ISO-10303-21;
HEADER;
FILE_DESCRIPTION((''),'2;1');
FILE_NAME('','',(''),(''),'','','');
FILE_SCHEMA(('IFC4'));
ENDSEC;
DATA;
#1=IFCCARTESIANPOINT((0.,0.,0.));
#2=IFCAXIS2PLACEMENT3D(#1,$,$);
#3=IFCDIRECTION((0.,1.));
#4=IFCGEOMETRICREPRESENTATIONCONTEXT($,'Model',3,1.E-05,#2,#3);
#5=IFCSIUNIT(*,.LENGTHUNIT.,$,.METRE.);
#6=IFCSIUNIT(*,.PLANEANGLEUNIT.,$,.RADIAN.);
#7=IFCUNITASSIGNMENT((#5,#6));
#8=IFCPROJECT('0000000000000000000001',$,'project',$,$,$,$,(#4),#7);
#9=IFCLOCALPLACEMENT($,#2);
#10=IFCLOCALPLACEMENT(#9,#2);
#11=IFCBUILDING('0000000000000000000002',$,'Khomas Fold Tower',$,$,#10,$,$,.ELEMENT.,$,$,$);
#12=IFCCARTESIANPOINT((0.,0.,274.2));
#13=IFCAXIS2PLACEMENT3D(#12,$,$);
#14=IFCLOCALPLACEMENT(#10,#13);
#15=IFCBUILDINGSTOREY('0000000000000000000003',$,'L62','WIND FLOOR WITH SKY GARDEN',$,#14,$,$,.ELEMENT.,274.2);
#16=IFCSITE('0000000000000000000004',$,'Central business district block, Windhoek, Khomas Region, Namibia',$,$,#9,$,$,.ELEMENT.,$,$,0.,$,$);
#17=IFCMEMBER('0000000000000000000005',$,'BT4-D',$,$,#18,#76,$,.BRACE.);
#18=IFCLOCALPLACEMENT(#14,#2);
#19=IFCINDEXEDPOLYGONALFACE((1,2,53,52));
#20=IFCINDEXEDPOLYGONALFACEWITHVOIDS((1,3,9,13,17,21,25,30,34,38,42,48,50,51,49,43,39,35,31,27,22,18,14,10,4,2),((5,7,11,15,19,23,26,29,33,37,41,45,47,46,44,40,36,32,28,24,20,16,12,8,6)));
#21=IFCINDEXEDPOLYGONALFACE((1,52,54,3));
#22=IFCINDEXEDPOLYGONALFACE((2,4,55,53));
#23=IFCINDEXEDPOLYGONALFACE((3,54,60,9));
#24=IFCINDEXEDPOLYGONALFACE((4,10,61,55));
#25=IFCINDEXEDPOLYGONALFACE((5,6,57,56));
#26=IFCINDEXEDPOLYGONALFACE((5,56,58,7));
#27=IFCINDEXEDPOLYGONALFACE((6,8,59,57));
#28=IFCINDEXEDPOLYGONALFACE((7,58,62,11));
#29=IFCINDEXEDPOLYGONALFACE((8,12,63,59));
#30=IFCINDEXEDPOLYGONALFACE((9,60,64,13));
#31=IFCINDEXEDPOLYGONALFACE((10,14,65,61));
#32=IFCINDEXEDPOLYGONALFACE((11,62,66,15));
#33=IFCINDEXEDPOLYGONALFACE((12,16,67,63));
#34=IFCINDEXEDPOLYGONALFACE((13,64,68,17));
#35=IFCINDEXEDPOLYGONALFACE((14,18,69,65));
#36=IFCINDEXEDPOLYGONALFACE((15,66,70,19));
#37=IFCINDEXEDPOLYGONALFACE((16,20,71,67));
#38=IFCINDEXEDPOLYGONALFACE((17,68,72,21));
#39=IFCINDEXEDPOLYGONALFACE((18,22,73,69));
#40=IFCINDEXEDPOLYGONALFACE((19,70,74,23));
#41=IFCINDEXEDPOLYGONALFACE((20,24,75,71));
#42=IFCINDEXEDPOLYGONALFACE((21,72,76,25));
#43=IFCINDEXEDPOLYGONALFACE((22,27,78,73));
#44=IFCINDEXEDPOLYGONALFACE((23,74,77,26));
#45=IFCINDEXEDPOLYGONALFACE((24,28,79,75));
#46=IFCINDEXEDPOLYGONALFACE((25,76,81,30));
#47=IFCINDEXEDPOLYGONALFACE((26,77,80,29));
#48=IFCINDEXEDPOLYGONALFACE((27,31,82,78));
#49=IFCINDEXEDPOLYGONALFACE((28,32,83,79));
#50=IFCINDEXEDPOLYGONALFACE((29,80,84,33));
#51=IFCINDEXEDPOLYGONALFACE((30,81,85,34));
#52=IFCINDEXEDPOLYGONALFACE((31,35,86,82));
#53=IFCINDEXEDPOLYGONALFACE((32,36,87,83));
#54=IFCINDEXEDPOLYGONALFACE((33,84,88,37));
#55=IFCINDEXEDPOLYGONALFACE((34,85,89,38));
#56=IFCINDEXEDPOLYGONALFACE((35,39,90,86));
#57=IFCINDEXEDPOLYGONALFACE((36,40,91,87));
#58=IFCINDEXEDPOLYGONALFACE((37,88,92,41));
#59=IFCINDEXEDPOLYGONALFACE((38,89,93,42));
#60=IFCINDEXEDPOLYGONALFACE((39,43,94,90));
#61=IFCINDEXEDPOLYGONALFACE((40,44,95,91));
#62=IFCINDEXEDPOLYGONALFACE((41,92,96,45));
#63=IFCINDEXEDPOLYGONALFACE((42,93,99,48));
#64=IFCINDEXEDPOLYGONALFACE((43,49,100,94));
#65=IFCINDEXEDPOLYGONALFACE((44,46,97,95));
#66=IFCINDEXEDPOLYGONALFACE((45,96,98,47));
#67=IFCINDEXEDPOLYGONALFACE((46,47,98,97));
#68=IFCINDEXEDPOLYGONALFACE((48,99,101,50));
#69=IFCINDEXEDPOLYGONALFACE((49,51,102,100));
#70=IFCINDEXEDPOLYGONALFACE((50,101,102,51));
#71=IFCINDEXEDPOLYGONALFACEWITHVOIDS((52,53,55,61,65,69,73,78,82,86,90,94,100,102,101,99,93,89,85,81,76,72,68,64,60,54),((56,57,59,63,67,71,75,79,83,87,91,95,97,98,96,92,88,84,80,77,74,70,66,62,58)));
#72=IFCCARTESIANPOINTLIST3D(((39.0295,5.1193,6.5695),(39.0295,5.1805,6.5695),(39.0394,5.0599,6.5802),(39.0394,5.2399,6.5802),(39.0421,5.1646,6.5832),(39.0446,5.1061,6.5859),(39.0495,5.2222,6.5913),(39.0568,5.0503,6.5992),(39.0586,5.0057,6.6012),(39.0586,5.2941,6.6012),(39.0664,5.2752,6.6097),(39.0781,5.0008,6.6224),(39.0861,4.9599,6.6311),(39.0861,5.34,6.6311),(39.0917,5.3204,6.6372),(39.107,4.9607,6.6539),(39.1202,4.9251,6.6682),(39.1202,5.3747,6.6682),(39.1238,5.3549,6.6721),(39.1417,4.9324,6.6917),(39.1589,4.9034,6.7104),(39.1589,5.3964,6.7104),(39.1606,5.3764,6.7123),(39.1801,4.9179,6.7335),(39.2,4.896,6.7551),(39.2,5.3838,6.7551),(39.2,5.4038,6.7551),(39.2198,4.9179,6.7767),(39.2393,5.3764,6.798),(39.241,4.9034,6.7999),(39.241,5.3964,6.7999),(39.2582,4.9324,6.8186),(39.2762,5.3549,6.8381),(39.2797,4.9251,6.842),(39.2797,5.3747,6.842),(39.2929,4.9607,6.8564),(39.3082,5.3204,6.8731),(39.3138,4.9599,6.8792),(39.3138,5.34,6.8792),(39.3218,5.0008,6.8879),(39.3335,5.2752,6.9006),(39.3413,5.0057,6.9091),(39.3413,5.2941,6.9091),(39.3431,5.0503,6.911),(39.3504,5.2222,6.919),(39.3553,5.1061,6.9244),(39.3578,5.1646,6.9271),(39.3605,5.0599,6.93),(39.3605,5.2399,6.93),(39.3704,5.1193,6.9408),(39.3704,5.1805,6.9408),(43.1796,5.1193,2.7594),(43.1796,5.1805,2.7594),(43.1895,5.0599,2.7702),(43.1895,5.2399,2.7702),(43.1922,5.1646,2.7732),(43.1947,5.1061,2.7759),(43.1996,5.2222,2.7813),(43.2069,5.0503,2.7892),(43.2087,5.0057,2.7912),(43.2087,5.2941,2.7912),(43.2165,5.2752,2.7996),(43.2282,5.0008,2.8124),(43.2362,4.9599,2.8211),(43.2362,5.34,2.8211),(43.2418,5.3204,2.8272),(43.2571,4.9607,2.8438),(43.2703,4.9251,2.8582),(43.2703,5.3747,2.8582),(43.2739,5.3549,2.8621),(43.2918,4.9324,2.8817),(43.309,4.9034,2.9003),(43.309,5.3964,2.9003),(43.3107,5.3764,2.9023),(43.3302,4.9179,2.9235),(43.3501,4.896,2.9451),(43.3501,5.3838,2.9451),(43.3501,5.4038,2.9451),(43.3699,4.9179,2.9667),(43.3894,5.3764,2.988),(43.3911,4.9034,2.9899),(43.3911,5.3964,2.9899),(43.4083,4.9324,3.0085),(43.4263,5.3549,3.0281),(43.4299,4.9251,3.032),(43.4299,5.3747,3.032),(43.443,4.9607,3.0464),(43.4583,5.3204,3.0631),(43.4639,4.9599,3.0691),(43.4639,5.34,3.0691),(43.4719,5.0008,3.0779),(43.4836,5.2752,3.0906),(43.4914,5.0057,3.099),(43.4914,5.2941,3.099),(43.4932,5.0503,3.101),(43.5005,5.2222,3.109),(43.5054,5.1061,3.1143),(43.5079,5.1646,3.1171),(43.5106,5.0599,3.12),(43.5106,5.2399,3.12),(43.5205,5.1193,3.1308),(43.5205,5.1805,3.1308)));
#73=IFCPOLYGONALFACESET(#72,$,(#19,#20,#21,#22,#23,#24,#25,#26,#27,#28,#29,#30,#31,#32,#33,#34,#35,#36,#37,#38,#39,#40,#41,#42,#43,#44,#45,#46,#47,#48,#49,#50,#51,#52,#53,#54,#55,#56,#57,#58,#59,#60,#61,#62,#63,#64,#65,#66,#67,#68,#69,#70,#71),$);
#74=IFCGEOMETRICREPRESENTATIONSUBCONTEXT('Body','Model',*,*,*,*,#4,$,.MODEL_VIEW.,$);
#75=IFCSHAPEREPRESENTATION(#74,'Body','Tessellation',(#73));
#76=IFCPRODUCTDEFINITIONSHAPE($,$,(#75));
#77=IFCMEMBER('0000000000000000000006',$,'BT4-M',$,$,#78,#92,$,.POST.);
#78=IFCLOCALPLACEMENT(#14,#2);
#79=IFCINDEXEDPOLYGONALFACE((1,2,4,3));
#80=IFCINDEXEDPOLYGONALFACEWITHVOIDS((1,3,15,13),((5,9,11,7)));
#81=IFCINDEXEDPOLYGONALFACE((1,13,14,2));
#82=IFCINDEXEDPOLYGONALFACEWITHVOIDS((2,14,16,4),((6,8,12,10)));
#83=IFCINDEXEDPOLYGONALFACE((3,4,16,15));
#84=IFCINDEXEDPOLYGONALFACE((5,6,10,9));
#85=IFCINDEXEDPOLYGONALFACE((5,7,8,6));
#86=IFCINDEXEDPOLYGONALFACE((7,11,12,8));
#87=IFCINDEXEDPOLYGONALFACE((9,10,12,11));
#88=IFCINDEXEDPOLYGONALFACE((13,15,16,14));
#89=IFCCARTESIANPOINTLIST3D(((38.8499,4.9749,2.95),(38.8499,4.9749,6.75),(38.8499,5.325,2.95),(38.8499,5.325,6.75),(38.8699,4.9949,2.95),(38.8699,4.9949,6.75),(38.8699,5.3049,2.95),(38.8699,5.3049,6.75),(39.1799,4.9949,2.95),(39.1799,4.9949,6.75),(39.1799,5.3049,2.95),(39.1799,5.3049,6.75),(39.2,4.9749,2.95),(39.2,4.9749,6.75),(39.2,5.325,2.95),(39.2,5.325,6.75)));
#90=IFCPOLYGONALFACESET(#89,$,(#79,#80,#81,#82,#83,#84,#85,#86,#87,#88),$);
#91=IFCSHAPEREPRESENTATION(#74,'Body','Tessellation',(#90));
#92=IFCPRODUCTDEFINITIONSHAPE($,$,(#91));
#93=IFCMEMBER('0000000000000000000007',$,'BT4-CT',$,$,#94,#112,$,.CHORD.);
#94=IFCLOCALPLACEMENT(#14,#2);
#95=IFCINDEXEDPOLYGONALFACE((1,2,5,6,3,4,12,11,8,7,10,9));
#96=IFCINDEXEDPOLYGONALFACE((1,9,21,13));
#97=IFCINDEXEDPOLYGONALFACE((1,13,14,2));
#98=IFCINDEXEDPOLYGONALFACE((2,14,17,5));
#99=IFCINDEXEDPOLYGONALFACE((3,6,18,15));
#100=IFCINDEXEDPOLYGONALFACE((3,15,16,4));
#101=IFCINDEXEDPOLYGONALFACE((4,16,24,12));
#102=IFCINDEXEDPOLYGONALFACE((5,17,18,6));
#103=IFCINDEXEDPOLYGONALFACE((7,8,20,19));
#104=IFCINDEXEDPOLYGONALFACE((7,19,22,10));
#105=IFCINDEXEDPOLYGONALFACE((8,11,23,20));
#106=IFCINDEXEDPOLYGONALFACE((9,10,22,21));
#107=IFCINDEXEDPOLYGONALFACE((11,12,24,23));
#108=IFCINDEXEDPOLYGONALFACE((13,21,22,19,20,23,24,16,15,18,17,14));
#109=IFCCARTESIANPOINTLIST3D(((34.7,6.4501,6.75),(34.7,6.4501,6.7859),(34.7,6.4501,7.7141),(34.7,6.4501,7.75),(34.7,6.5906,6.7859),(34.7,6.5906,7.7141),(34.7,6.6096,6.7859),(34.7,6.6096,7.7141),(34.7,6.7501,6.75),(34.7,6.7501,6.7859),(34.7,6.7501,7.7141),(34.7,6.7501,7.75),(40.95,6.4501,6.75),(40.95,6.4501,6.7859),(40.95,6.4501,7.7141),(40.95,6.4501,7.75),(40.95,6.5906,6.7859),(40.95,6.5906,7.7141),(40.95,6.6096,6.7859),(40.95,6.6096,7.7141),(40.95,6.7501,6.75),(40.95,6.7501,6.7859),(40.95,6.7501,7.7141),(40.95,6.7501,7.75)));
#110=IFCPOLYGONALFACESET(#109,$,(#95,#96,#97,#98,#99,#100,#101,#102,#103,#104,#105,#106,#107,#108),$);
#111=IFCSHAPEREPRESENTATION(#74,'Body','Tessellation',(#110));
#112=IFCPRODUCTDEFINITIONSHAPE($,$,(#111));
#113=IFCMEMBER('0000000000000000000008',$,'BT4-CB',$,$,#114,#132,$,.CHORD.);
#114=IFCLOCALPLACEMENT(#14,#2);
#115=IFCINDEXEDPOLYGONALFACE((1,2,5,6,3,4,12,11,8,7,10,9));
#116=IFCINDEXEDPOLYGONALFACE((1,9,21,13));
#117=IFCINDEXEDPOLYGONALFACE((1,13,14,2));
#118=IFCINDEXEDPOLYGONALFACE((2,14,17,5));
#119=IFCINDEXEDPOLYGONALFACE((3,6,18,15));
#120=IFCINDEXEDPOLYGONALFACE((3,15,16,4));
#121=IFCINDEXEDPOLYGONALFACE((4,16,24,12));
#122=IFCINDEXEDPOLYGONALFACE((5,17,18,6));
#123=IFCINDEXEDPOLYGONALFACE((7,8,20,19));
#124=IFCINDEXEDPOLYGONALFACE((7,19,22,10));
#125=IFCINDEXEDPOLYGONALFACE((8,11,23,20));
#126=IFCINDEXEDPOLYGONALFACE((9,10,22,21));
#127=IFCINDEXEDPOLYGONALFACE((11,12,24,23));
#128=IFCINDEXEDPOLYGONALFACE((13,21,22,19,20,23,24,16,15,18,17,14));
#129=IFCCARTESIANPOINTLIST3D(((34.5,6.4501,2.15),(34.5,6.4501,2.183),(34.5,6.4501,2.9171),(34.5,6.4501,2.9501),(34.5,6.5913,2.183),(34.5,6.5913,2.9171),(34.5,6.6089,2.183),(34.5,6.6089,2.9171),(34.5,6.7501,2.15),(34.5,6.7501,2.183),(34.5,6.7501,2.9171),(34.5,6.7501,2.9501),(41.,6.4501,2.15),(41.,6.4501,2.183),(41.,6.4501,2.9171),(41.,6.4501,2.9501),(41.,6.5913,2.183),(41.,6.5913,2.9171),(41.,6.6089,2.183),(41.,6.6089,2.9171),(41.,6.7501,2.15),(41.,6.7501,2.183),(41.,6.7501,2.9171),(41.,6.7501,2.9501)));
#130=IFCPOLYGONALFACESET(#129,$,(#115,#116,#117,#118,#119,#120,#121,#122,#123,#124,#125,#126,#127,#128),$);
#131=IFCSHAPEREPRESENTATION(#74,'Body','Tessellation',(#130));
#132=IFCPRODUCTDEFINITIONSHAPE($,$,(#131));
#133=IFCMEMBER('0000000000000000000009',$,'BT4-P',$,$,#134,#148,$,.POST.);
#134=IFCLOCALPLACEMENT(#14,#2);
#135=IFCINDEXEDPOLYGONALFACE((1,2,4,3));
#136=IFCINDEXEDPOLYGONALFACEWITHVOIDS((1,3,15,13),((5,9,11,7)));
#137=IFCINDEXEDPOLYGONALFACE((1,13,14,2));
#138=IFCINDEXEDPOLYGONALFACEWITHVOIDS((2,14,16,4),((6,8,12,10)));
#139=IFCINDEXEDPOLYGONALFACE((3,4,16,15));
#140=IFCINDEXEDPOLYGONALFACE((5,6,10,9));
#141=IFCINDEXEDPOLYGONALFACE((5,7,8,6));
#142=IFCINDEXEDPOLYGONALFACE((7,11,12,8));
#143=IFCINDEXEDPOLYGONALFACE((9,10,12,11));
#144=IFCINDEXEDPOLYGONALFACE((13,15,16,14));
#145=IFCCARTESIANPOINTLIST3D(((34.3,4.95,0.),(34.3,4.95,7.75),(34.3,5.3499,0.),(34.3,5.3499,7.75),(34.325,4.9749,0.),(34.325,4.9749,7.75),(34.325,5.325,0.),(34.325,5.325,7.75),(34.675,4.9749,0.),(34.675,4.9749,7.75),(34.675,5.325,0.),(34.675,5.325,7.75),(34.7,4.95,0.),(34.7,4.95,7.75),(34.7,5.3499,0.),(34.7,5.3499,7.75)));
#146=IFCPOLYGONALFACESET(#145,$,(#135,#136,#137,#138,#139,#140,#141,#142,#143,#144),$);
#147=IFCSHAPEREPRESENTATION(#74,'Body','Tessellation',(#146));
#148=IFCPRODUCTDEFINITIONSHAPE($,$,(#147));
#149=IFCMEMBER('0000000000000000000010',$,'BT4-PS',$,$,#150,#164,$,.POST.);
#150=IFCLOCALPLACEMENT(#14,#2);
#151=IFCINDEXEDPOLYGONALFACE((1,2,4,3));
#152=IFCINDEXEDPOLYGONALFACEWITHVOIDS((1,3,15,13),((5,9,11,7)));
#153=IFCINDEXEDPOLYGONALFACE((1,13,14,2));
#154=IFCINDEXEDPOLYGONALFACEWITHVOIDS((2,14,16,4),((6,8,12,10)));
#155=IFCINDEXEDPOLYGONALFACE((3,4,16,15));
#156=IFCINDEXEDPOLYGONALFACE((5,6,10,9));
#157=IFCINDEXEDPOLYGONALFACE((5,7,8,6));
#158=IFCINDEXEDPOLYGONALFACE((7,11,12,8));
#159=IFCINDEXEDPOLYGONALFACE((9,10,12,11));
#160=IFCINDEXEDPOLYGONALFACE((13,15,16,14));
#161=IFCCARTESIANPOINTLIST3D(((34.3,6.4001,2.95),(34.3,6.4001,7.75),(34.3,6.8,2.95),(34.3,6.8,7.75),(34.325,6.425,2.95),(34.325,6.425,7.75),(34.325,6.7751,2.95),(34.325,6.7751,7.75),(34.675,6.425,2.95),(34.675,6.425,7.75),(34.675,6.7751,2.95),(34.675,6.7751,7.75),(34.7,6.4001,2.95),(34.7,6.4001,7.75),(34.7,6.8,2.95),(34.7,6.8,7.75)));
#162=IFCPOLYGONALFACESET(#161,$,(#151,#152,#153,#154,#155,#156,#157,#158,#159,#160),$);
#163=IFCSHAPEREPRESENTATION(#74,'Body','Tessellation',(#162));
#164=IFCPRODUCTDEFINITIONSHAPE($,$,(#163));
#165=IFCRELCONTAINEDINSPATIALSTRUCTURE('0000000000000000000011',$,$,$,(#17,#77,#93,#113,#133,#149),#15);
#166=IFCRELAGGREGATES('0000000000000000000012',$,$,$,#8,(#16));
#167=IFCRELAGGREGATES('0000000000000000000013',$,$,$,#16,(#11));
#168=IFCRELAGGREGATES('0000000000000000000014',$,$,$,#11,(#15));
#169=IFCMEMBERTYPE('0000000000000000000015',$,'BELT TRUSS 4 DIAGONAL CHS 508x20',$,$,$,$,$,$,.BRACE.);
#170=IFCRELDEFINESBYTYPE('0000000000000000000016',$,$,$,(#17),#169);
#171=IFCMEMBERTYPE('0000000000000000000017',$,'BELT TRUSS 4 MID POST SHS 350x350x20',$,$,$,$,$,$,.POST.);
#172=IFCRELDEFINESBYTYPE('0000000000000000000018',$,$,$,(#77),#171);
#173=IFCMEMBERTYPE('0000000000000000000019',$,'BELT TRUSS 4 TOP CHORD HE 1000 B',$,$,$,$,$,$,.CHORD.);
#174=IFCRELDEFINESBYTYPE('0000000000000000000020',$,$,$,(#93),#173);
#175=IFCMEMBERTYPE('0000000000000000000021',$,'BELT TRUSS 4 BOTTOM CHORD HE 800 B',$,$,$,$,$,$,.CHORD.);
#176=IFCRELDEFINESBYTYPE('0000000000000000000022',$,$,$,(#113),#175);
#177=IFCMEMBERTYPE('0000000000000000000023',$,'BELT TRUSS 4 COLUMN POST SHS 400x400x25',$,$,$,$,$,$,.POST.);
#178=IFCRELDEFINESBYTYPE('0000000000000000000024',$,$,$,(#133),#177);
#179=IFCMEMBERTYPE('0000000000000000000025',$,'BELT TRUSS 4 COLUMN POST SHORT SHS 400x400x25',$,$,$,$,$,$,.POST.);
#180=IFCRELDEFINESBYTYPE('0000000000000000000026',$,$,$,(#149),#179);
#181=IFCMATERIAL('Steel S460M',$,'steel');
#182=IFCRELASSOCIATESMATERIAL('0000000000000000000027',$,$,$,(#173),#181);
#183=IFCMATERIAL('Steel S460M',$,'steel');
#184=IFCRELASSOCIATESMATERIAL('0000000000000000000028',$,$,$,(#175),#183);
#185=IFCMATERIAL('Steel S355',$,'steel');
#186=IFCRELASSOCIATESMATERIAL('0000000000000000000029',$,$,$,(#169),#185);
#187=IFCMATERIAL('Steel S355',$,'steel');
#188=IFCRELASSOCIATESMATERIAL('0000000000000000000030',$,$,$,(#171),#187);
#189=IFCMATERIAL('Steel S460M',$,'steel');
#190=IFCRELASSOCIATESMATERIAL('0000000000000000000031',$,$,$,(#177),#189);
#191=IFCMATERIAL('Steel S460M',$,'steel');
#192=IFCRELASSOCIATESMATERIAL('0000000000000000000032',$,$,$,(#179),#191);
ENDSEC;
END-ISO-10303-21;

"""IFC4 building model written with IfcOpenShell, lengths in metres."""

from ifc_helpers import new_model, si_unit, direction, frame, origin, origin_2d, place, context, subcontext, project, spatial, hollow_rectangle, hollow_circle, i_section, extrude, source, transform, mapped, material, material_profile, profile_set, type_object, element, save


model = new_model("IFC4")

# Units and contexts
model_context = context("Model", 3, precision=1e-05, world=origin(), true_north=direction((0.0, 1.0)))
body_context = subcontext(model_context, "Body", "Model", "MODEL_VIEW")
ifc_project = project(units=[si_unit("LENGTHUNIT", "METRE"), si_unit("PLANEANGLEUNIT", "RADIAN")], contexts=[model_context])

# Site, building, storey
site_placement = place(None, origin())
site = spatial("IfcSite", under=ifc_project, at=site_placement, Name="Central business district block, Windhoek, Khomas Region, Namibia", CompositionType="ELEMENT", RefElevation=0.0)
building_placement = place(site_placement, origin())
building = spatial("IfcBuilding", under=site, at=building_placement, Name="Khomas Fold Tower", CompositionType="ELEMENT")
storey_placement = place(building_placement, frame((0.0, 0.0, 274.2)))
storey = spatial("IfcBuildingStorey", under=building, at=storey_placement, Name="L62", Description="WIND FLOOR WITH SKY GARDEN", CompositionType="ELEMENT", Elevation=274.2)

# Members
ifc_material_1 = material(Name="Steel S460M", Category="steel")
ifc_material_profile_1 = material_profile(ifc_material_1, i_section(OverallWidth=0.3, OverallDepth=1.0, WebThickness=0.019, FlangeThickness=0.0359, at=origin_2d()), Name="HE 1000 B")
ifc_profile_set_1 = profile_set([ifc_material_profile_1], Name="Steel S460M")
member_type_1 = type_object("IfcMemberType", Name="BELT TRUSS 4 TOP CHORD HE 1000 B", PredefinedType="CHORD", material=ifc_profile_set_1)
ifc_material_2 = material(Name="Steel S460M", Category="steel")
ifc_material_profile_2 = material_profile(ifc_material_2, i_section(OverallWidth=0.3, OverallDepth=0.8, WebThickness=0.0176, FlangeThickness=0.033, at=origin_2d()), Name="HE 800 B")
ifc_profile_set_2 = profile_set([ifc_material_profile_2], Name="Steel S460M")
member_type_2 = type_object("IfcMemberType", Name="BELT TRUSS 4 BOTTOM CHORD HE 800 B", PredefinedType="CHORD", material=ifc_profile_set_2)
ifc_material_3 = material(Name="Steel S355", Category="steel")
ifc_material_profile_3 = material_profile(ifc_material_3, hollow_circle(Radius=0.2539, WallThickness=0.02, at=origin_2d()), Name="CHS 508x20")
ifc_profile_set_3 = profile_set([ifc_material_profile_3], Name="Steel S355")
member_type_3 = type_object("IfcMemberType", Name="BELT TRUSS 4 DIAGONAL CHS 508x20", PredefinedType="BRACE", material=ifc_profile_set_3)
shared_shape_1 = source(origin(), body_context, "Body", "SweptSolid", [
    extrude(hollow_circle(Radius=0.2539, WallThickness=0.02, at=origin_2d()), origin(), (0.0, 0.0, 1.0), 5.6338),
])
for number, where, z_axis, x_axis, name in (
    (1, (39.2, 5.1499, 6.7551), (0.736645, 0.0, -0.67628), (0.0, 1.0, 0.0), "BT4-D"),
):
    element("IfcMember", number, at=place(storey_placement, frame(where, z_axis=z_axis, x_axis=x_axis)), inside=storey, type_object=member_type_3, Name=name, PredefinedType="BRACE", context=body_context, shape_type="MappedRepresentation", body=[
        mapped(shared_shape_1, transform((0.0, 0.0, 0.0))),
    ])
ifc_material_4 = material(Name="Steel S355", Category="steel")
ifc_material_profile_4 = material_profile(ifc_material_4, hollow_rectangle(XDim=0.3501, YDim=0.3501, WallThickness=0.02, at=origin_2d()), Name="SHS 350x350x20")
ifc_profile_set_4 = profile_set([ifc_material_profile_4], Name="Steel S355")
member_type_4 = type_object("IfcMemberType", Name="BELT TRUSS 4 MID POST SHS 350x350x20", PredefinedType="POST", material=ifc_profile_set_4)
shared_shape_2 = source(origin(), body_context, "Body", "SweptSolid", [
    extrude(hollow_rectangle(XDim=0.3501, YDim=0.3501, WallThickness=0.02, at=origin_2d()), origin(), (0.0, 0.0, 1.0), 3.8),
])
member_1_placement = place(storey_placement, frame((39.0249, 5.1499, 2.95), z_axis=(0.0, 0.0, 1.0), x_axis=(1.0, 0.0, 0.0)))
element("IfcMember", 2, at=member_1_placement, inside=storey, type_object=member_type_4, Name="BT4-M", PredefinedType="POST", context=body_context, shape_type="MappedRepresentation", body=[
    mapped(shared_shape_2, transform((0.0, 0.0, 0.0))),
])
shared_shape_3 = source(origin(), body_context, "Body", "SweptSolid", [
    extrude(i_section(OverallWidth=0.3, OverallDepth=1.0, WebThickness=0.019, FlangeThickness=0.0359, at=origin_2d()), origin(), (0.0, 0.0, 1.0), 6.25),
])
member_2_placement = place(storey_placement, frame((34.7, 6.6001, 7.25), z_axis=(1.0, 0.0, 0.0), x_axis=(0.0, 1.0, 0.0)))
element("IfcMember", 3, at=member_2_placement, inside=storey, type_object=member_type_1, Name="BT4-CT", PredefinedType="CHORD", context=body_context, shape_type="MappedRepresentation", body=[
    mapped(shared_shape_3, transform((0.0, 0.0, 0.0))),
])
shared_shape_4 = source(origin(), body_context, "Body", "SweptSolid", [
    extrude(i_section(OverallWidth=0.3, OverallDepth=0.8, WebThickness=0.0176, FlangeThickness=0.033, at=origin_2d()), origin(), (0.0, 0.0, 1.0), 6.5),
])
member_3_placement = place(storey_placement, frame((34.5, 6.6001, 2.55), z_axis=(1.0, 0.0, 0.0), x_axis=(0.0, 1.0, 0.0)))
element("IfcMember", 4, at=member_3_placement, inside=storey, type_object=member_type_2, Name="BT4-CB", PredefinedType="CHORD", context=body_context, shape_type="MappedRepresentation", body=[
    mapped(shared_shape_4, transform((0.0, 0.0, 0.0))),
])
ifc_material_5 = material(Name="Steel S460M", Category="steel")
ifc_material_profile_5 = material_profile(ifc_material_5, hollow_rectangle(XDim=0.3999, YDim=0.3999, WallThickness=0.0249, at=origin_2d()), Name="SHS 400x400x25")
ifc_profile_set_5 = profile_set([ifc_material_profile_5], Name="Steel S460M")
member_type_5 = type_object("IfcMemberType", Name="BELT TRUSS 4 COLUMN POST SHS 400x400x25", PredefinedType="POST", material=ifc_profile_set_5)
shared_shape_5 = source(origin(), body_context, "Body", "SweptSolid", [
    extrude(hollow_rectangle(XDim=0.3999, YDim=0.3999, WallThickness=0.0249, at=origin_2d()), origin(), (0.0, 0.0, 1.0), 7.75),
])
member_4_placement = place(storey_placement, frame((34.5, 5.1499, 0.0), z_axis=(0.0, 0.0, 1.0), x_axis=(1.0, 0.0, 0.0)))
element("IfcMember", 5, at=member_4_placement, inside=storey, type_object=member_type_5, Name="BT4-P", PredefinedType="POST", context=body_context, shape_type="MappedRepresentation", body=[
    mapped(shared_shape_5, transform((0.0, 0.0, 0.0))),
])
ifc_material_6 = material(Name="Steel S460M", Category="steel")
ifc_material_profile_6 = material_profile(ifc_material_6, hollow_rectangle(XDim=0.3999, YDim=0.3999, WallThickness=0.0249, at=origin_2d()), Name="SHS 400x400x25")
ifc_profile_set_6 = profile_set([ifc_material_profile_6], Name="Steel S460M")
member_type_6 = type_object("IfcMemberType", Name="BELT TRUSS 4 COLUMN POST SHORT SHS 400x400x25", PredefinedType="POST", material=ifc_profile_set_6)
shared_shape_6 = source(origin(), body_context, "Body", "SweptSolid", [
    extrude(hollow_rectangle(XDim=0.3999, YDim=0.3999, WallThickness=0.0249, at=origin_2d()), origin(), (0.0, 0.0, 1.0), 4.8),
])
member_5_placement = place(storey_placement, frame((34.5, 6.6001, 2.95), z_axis=(0.0, 0.0, 1.0), x_axis=(1.0, 0.0, 0.0)))
element("IfcMember", 6, at=member_5_placement, inside=storey, type_object=member_type_6, Name="BT4-PS", PredefinedType="POST", context=body_context, shape_type="MappedRepresentation", body=[
    mapped(shared_shape_6, transform((0.0, 0.0, 0.0))),
])

save(model, "model.ifc")
